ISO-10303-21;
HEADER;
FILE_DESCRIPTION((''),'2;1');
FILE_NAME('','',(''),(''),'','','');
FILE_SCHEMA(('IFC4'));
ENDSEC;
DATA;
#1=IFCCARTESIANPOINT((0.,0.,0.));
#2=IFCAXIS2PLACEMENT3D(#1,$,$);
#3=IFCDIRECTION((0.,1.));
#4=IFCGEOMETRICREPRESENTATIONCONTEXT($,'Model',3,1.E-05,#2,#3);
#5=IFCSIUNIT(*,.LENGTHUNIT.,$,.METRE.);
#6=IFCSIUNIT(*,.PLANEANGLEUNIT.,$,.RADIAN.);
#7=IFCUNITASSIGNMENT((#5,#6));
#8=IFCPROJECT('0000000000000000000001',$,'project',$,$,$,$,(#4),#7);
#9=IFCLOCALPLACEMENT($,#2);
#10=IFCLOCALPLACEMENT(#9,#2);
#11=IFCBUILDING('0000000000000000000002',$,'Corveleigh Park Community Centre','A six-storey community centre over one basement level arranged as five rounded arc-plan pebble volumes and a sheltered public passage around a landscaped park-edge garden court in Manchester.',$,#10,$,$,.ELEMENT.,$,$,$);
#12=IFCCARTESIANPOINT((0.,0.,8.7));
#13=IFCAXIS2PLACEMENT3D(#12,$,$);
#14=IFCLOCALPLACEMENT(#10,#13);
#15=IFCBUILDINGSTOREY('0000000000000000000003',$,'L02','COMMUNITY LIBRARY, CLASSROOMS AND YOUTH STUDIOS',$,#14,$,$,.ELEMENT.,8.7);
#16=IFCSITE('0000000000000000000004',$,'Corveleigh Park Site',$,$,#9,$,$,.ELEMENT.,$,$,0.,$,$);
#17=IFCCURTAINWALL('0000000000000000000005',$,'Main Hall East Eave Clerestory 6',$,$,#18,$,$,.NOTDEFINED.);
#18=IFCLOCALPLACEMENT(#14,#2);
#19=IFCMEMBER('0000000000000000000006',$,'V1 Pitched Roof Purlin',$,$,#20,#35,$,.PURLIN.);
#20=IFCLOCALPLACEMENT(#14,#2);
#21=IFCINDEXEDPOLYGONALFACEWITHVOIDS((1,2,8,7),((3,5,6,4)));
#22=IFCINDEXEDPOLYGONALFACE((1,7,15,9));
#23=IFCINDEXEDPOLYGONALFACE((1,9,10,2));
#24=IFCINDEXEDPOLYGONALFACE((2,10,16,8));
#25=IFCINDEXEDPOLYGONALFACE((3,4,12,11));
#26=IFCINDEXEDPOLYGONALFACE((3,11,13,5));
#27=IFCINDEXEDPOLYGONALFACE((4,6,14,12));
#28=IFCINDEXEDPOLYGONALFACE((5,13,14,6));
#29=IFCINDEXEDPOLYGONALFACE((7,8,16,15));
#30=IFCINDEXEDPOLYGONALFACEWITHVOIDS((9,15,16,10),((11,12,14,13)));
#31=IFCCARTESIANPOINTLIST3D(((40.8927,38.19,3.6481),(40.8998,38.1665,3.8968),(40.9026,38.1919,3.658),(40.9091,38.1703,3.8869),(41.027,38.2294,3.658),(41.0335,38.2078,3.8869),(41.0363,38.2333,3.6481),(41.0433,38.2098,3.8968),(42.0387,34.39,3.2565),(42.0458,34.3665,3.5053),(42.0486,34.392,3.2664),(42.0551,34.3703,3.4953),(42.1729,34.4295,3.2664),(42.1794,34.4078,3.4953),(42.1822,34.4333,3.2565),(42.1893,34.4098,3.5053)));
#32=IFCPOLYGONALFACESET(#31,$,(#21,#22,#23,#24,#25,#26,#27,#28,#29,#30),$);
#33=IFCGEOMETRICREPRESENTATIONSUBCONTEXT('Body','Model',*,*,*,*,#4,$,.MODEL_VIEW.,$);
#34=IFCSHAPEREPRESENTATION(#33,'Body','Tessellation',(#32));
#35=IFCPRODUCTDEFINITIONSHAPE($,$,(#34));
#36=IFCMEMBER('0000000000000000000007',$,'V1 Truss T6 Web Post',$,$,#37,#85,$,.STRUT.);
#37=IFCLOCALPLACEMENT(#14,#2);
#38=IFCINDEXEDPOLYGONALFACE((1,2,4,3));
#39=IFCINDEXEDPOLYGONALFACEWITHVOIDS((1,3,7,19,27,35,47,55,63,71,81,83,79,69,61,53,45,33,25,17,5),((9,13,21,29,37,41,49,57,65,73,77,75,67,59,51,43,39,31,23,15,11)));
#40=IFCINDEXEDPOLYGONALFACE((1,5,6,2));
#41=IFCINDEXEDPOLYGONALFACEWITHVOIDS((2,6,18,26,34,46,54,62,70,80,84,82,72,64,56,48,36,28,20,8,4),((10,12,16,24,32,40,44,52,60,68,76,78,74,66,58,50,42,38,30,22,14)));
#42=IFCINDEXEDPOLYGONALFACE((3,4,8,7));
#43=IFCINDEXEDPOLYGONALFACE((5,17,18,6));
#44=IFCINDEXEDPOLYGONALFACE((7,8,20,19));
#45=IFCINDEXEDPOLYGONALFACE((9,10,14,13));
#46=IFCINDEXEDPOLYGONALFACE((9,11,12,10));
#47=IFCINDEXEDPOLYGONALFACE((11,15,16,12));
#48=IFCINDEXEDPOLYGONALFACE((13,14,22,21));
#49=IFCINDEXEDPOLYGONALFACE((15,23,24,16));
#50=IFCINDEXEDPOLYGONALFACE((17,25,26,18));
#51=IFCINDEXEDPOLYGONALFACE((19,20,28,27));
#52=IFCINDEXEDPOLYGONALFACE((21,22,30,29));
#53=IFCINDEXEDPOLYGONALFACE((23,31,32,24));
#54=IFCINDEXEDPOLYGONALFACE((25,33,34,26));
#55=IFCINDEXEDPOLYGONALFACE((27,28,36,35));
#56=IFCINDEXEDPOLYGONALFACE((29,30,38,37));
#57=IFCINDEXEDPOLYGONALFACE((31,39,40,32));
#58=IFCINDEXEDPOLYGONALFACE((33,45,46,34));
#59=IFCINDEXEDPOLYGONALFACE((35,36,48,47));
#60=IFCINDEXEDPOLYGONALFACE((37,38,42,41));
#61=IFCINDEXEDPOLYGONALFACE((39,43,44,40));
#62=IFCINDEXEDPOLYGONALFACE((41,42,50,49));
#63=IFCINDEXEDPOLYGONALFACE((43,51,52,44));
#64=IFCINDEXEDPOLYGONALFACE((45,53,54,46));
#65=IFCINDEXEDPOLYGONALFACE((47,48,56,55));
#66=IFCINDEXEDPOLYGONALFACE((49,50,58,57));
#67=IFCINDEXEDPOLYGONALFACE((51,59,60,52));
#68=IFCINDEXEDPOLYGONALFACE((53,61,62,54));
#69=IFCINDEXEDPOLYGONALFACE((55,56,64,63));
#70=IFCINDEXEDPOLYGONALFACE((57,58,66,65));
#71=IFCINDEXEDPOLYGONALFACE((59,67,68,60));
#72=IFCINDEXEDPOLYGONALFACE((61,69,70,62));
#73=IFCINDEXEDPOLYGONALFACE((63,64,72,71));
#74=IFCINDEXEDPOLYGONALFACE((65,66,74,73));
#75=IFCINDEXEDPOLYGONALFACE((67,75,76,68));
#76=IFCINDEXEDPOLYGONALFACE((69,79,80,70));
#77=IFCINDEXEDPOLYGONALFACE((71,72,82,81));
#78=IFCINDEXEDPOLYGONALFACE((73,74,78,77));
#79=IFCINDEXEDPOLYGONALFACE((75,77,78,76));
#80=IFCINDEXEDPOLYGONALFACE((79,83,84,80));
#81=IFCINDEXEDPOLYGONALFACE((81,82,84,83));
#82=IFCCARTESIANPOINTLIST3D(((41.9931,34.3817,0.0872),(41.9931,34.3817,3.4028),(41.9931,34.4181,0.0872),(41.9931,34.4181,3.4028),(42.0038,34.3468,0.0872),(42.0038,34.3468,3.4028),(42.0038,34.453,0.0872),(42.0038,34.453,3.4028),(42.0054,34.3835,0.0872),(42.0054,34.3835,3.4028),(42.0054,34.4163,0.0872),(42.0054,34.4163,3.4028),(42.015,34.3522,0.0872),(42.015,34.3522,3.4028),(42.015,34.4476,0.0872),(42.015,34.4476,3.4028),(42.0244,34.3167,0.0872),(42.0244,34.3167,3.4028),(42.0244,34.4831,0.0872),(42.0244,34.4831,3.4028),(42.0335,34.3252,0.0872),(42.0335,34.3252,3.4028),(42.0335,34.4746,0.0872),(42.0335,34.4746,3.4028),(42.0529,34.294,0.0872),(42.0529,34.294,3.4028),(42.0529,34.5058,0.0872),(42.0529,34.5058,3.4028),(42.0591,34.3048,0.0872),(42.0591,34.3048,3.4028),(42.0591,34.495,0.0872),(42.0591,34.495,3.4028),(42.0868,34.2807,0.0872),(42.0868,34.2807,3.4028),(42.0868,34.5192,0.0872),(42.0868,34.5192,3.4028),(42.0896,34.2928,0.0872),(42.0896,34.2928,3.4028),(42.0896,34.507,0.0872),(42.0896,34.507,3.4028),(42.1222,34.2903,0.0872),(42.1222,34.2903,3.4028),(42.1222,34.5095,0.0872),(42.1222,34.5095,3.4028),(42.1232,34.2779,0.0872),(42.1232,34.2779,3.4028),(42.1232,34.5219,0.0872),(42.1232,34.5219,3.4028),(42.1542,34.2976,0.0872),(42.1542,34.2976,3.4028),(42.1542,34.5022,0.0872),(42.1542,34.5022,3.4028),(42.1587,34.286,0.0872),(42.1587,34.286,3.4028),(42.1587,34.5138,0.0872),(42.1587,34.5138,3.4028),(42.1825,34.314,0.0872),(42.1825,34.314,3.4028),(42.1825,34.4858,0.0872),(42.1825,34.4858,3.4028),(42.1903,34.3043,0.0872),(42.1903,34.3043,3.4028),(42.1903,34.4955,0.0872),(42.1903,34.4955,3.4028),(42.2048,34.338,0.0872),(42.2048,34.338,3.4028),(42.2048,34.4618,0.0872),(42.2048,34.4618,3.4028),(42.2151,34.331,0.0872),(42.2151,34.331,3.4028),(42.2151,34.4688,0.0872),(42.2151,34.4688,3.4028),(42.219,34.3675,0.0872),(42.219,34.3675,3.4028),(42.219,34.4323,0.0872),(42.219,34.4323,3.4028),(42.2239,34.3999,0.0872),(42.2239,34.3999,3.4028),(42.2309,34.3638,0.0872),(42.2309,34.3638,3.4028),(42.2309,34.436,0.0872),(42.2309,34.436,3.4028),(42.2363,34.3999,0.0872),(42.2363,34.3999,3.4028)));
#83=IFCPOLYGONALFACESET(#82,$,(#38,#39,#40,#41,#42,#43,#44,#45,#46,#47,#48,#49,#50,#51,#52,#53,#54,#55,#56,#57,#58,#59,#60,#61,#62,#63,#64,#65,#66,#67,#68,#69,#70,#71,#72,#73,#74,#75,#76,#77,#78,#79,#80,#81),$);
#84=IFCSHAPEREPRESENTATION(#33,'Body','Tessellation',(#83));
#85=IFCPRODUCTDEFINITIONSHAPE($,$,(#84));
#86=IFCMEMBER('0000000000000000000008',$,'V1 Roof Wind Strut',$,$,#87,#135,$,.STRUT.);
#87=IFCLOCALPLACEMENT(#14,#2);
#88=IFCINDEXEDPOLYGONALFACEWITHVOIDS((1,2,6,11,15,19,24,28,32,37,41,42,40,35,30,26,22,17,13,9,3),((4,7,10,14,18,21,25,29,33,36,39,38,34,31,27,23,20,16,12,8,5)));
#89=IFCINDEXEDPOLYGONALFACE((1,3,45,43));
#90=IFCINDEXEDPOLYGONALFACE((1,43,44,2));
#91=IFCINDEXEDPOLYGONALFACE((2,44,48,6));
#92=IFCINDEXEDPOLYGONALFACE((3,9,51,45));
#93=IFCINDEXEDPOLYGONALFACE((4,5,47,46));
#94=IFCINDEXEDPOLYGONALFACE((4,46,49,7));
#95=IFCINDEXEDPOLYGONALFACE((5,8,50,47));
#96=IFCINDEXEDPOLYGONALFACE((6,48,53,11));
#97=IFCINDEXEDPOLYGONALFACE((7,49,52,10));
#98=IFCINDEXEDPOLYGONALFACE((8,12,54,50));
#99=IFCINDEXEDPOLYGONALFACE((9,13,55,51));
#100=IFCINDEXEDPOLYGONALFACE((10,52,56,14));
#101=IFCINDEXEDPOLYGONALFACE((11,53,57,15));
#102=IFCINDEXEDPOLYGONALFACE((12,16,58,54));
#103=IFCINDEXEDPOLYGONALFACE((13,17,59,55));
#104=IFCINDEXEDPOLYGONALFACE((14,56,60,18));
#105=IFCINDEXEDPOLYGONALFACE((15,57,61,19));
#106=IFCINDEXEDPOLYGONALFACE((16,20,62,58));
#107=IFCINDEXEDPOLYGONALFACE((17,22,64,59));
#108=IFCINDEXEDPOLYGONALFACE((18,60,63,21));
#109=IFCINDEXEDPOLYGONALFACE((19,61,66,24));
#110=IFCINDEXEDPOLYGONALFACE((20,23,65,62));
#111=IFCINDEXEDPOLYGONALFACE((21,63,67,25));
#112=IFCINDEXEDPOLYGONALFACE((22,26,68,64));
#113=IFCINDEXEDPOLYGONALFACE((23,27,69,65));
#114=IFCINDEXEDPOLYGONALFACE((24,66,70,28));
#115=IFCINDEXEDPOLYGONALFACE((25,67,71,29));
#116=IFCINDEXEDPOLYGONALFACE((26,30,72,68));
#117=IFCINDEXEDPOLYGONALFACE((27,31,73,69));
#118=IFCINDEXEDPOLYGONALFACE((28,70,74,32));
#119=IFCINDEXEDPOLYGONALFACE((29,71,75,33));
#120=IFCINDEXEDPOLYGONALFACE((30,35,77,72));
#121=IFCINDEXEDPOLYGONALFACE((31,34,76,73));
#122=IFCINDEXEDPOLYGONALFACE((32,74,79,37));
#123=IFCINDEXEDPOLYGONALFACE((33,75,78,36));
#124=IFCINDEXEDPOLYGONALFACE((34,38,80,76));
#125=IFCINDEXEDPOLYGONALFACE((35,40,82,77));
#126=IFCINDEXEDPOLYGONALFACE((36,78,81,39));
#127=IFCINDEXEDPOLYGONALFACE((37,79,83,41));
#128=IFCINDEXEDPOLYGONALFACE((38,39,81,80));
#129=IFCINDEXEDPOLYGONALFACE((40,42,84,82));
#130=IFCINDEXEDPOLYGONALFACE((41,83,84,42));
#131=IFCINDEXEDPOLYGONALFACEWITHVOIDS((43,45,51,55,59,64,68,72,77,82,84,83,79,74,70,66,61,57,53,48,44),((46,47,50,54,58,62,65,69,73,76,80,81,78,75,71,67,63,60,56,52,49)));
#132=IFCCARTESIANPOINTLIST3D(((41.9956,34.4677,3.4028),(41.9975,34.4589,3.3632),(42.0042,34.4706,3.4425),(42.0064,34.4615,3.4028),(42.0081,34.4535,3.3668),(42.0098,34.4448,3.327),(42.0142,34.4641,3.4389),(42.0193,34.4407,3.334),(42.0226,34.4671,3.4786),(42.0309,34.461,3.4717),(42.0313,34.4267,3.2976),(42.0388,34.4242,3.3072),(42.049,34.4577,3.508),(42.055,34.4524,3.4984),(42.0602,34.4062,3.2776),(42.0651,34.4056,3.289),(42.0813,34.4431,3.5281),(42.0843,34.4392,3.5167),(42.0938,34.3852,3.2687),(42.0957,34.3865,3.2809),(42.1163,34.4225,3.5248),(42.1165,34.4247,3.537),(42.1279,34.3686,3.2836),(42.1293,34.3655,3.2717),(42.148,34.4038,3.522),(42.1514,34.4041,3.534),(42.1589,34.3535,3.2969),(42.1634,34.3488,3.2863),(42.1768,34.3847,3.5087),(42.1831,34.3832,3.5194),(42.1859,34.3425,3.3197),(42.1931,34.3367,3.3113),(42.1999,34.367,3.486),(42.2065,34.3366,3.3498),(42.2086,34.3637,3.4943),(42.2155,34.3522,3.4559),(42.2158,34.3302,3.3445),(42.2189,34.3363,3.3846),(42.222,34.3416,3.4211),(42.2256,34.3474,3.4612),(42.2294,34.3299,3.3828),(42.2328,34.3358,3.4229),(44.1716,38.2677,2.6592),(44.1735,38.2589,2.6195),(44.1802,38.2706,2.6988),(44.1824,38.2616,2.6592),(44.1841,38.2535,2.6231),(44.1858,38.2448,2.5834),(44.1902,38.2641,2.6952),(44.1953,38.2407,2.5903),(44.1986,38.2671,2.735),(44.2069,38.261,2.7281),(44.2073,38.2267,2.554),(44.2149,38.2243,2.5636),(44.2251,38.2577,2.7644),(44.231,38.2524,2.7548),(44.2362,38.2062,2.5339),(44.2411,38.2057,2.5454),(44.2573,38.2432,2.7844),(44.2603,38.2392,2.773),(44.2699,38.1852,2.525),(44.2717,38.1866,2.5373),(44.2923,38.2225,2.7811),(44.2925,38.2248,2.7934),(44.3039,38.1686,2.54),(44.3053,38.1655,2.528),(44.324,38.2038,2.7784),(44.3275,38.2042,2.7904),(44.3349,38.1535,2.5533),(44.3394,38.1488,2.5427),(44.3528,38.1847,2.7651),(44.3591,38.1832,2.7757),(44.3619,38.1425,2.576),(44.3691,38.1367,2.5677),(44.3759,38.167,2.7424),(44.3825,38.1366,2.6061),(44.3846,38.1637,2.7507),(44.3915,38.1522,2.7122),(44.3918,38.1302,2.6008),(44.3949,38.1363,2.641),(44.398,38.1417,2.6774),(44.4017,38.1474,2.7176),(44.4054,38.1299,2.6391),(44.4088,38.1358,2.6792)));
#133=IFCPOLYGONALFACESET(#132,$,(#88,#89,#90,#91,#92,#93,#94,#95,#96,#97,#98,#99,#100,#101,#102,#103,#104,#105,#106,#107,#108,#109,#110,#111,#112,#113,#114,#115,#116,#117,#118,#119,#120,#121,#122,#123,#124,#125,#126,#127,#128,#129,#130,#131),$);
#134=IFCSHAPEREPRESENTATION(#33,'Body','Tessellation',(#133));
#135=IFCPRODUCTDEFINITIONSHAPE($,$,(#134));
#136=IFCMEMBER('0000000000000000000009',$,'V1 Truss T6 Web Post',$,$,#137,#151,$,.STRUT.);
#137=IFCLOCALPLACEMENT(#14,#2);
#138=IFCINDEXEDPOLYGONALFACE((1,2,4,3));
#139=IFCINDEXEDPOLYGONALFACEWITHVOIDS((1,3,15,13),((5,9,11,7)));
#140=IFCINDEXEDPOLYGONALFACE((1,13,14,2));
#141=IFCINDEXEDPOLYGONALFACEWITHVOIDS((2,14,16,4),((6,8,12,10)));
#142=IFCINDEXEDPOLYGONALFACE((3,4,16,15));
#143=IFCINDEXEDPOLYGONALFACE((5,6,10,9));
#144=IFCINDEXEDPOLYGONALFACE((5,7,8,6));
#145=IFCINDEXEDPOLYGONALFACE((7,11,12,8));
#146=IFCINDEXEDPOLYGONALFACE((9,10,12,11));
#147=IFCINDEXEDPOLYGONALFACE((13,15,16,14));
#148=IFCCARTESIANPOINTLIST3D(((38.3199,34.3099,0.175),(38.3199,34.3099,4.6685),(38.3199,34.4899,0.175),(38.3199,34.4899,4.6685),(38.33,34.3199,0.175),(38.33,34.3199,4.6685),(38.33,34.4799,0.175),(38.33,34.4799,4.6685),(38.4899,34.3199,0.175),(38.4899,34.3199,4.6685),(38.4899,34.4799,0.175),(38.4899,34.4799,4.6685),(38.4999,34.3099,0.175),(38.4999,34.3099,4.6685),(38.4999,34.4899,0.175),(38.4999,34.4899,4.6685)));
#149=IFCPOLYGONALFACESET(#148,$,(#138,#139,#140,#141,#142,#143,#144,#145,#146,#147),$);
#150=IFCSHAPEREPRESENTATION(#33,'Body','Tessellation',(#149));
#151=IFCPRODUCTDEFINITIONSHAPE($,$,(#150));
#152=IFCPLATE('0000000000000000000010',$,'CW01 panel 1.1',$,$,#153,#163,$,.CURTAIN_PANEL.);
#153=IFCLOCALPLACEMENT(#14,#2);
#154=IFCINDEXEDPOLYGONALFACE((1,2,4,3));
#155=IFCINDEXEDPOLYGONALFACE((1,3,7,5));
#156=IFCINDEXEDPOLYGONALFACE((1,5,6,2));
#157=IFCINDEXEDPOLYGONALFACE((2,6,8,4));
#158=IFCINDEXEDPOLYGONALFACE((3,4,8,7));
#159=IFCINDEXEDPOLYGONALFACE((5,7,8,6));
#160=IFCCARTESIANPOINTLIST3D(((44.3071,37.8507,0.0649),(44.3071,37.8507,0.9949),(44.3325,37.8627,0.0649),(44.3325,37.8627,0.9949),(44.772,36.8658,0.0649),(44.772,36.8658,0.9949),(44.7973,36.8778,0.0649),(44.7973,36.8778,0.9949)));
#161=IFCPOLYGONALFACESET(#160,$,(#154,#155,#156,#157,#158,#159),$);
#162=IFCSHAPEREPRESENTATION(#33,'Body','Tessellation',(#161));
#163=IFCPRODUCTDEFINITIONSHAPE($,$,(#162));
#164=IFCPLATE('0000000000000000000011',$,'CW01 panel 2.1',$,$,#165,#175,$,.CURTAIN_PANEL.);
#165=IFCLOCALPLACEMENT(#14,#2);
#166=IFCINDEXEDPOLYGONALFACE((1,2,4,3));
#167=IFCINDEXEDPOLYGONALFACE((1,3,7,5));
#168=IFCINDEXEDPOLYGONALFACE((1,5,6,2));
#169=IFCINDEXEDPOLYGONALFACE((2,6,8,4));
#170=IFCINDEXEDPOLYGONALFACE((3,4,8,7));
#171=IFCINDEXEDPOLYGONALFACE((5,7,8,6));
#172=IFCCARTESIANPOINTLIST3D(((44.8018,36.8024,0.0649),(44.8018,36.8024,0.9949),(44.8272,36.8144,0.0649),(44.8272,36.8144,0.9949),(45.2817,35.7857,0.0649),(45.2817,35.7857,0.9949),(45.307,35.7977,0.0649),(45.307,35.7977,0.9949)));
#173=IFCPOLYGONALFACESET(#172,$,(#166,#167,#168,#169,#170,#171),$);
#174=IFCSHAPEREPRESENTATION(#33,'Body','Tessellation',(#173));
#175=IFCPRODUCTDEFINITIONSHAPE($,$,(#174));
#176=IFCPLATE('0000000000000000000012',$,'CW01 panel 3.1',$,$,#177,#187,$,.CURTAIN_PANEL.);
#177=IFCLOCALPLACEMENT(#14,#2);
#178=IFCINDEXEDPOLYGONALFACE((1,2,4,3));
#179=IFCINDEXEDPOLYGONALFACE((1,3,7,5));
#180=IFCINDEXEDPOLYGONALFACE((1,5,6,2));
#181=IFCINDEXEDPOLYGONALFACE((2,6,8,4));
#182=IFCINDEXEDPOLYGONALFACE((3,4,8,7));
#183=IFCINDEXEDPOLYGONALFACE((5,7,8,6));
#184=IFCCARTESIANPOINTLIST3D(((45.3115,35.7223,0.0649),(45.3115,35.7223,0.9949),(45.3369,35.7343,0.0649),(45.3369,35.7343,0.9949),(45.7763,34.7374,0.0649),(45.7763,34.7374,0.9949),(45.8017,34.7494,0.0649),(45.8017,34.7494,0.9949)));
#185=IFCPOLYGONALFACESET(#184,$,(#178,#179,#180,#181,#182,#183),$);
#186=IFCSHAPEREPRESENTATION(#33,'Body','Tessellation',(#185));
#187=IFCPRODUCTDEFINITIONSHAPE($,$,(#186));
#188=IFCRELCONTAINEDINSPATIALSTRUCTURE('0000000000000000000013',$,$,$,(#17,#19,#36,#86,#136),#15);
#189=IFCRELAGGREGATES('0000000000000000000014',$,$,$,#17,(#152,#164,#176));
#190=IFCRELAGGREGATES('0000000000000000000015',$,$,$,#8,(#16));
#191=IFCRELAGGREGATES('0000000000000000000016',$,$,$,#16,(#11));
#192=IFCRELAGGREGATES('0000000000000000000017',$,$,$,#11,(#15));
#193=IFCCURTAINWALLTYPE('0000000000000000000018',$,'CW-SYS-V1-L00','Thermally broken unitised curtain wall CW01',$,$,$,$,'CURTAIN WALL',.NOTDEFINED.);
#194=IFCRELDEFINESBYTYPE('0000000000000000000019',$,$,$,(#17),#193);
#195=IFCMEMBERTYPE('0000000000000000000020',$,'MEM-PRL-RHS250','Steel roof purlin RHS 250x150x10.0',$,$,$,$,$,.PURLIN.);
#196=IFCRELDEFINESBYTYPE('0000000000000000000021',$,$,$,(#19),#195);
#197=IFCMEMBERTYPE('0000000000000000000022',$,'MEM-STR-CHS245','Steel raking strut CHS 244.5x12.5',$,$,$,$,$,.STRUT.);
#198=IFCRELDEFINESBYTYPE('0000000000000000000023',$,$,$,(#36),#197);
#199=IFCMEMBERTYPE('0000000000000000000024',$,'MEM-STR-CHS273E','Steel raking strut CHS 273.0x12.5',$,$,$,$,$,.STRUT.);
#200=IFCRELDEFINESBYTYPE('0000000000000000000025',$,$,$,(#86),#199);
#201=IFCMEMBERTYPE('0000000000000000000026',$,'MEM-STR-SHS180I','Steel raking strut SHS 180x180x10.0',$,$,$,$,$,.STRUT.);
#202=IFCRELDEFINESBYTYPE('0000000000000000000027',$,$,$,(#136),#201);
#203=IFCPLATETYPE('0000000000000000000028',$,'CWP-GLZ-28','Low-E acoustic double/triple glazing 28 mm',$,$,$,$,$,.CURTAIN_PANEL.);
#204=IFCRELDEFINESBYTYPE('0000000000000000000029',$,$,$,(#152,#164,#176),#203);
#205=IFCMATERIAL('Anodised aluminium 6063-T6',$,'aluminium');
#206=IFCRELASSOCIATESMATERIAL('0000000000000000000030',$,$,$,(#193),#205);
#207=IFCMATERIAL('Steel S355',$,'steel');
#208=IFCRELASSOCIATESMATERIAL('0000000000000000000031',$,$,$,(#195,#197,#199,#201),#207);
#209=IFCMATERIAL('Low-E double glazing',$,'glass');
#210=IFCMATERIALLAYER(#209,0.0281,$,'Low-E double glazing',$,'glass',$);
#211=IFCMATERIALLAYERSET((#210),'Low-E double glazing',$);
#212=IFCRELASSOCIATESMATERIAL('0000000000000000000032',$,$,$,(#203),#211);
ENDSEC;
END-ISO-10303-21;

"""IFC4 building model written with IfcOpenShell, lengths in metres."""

from ifc_helpers import new_model, si_unit, direction, frame, origin, origin_2d, place, context, subcontext, project, spatial, rectangle, hollow_rectangle, hollow_circle, extrude, material, layer, layer_set, material_profile, profile_set, type_object, element, aggregate, save


model = new_model("IFC4")

# Units and contexts
model_context = context("Model", 3, precision=1e-05, world=origin(), true_north=direction((0.0, 1.0)))
body_context = subcontext(model_context, "Body", "Model", "MODEL_VIEW")
ifc_project = project(units=[si_unit("LENGTHUNIT", "METRE"), si_unit("PLANEANGLEUNIT", "RADIAN")], contexts=[model_context])

# Site, building, storey
site_placement = place(None, origin())
site = spatial("IfcSite", under=ifc_project, at=site_placement, Name="Corveleigh Park Site", CompositionType="ELEMENT", RefElevation=0.0)
building_placement = place(site_placement, origin())
building = spatial("IfcBuilding", under=site, at=building_placement, Name="Corveleigh Park Community Centre", Description="A six-storey community centre over one basement level arranged as five rounded arc-plan pebble volumes and a sheltered public passage around a landscaped park-edge garden court in Manchester.", CompositionType="ELEMENT")
storey_placement = place(building_placement, frame((0.0, 0.0, 8.7)))
storey = spatial("IfcBuildingStorey", under=building, at=storey_placement, Name="L02", Description="COMMUNITY LIBRARY, CLASSROOMS AND YOUTH STUDIOS", CompositionType="ELEMENT", Elevation=8.7)

# Shared definitions
ifc_material_1 = material(Name="Steel S355", Category="steel")

# Shared definitions
ifc_material_2 = material(Name="Anodised aluminium 6063-T6", Category="aluminium")
curtain_wall_type = type_object("IfcCurtainWallType", Name="CW-SYS-V1-L00", Description="Thermally broken unitised curtain wall CW01", ElementType="CURTAIN WALL", PredefinedType="NOTDEFINED", material=ifc_material_2)

# Curtain wall
curtain_wall_1_placement = place(storey_placement, origin())
curtain_wall_1 = element("IfcCurtainWall", 1, at=curtain_wall_1_placement, inside=storey, type_object=curtain_wall_type, Name="Main Hall East Eave Clerestory 6", PredefinedType="NOTDEFINED")

# Members
ifc_material_profile_1 = material_profile(ifc_material_1, hollow_rectangle(XDim=0.1499, YDim=0.25, WallThickness=0.01, at=origin_2d()), Name="RHS 250x150x10.0", Category="steel")
ifc_profile_set_1 = profile_set([ifc_material_profile_1], Name="Steel S355")
member_type_1 = type_object("IfcMemberType", Name="MEM-PRL-RHS250", Description="Steel roof purlin RHS 250x150x10.0", PredefinedType="PURLIN", material=ifc_profile_set_1)
member_1_placement = place(storey_placement, frame((42.114, 34.3999, 3.3809), z_axis=(-0.287335, 0.952784, 0.098186), x_axis=(-0.957411, -0.28873, 0.0)))
element("IfcMember", 2, at=member_1_placement, inside=storey, type_object=member_type_1, Name="V1 Pitched Roof Purlin", PredefinedType="PURLIN", context=body_context, shape_type="SweptSolid", body=[
    extrude(hollow_rectangle(XDim=0.1499, YDim=0.25, WallThickness=0.01, at=origin_2d()), origin(), (0.0, 0.0, 1.0), 3.9883),
])
ifc_material_profile_2 = material_profile(ifc_material_1, hollow_circle(Radius=0.1223, WallThickness=0.0125, at=origin_2d()), Name="CHS 244.5x12.5", Category="steel")
ifc_profile_set_2 = profile_set([ifc_material_profile_2], Name="Steel S355")
member_type_2 = type_object("IfcMemberType", Name="MEM-STR-CHS245", Description="Steel raking strut CHS 244.5x12.5", PredefinedType="STRUT", material=ifc_profile_set_2)
member_2_placement = place(storey_placement, frame((42.114, 34.3999, 0.0872), z_axis=(0.0, 0.0, 1.0), x_axis=(1.0, 0.0, 0.0)))
element("IfcMember", 3, at=member_2_placement, inside=storey, type_object=member_type_2, Name="V1 Truss T6 Web Post", PredefinedType="STRUT", context=body_context, shape_type="SweptSolid", body=[
    extrude(hollow_circle(Radius=0.1223, WallThickness=0.0125, at=origin_2d()), origin(), (0.0, 0.0, 1.0), 3.3157),
])
ifc_material_profile_3 = material_profile(ifc_material_1, hollow_circle(Radius=0.1365, WallThickness=0.0125, at=origin_2d()), Name="CHS 273.0x12.5", Category="steel")
ifc_profile_set_3 = profile_set([ifc_material_profile_3], Name="Steel S355")
member_type_3 = type_object("IfcMemberType", Name="MEM-STR-CHS273E", Description="Steel raking strut CHS 273.0x12.5", PredefinedType="STRUT", material=ifc_profile_set_3)
member_3_placement = place(storey_placement, frame((42.114, 34.3999, 3.4028), z_axis=(0.489911, 0.855544, -0.167426), x_axis=(-0.867793, 0.496925, 0.0)))
element("IfcMember", 4, at=member_3_placement, inside=storey, type_object=member_type_3, Name="V1 Roof Wind Strut", PredefinedType="STRUT", context=body_context, shape_type="SweptSolid", body=[
    extrude(hollow_circle(Radius=0.1365, WallThickness=0.0125, at=origin_2d()), origin(), (0.0, 0.0, 1.0), 4.4417),
])
ifc_material_profile_4 = material_profile(ifc_material_1, hollow_rectangle(XDim=0.1799, YDim=0.1799, WallThickness=0.01, at=origin_2d()), Name="SHS 180x180x10.0", Category="steel")
ifc_profile_set_4 = profile_set([ifc_material_profile_4], Name="Steel S355")
member_type_4 = type_object("IfcMemberType", Name="MEM-STR-SHS180I", Description="Steel raking strut SHS 180x180x10.0", PredefinedType="STRUT", material=ifc_profile_set_4)
member_4_placement = place(storey_placement, frame((38.4099, 34.3999, 0.175), z_axis=(0.0, 0.0, 1.0), x_axis=(1.0, 0.0, 0.0)))
element("IfcMember", 5, at=member_4_placement, inside=storey, type_object=member_type_4, Name="V1 Truss T6 Web Post", PredefinedType="STRUT", context=body_context, shape_type="SweptSolid", body=[
    extrude(hollow_rectangle(XDim=0.1799, YDim=0.1799, WallThickness=0.01, at=origin_2d()), origin(), (0.0, 0.0, 1.0), 4.4934),
])

# Plates
ifc_material_3 = material(Name="Low-E double glazing", Category="glass")
ifc_layer_1 = layer(ifc_material_3, 0.0281, Name="Low-E double glazing", Category="glass")
ifc_layer_set_1 = layer_set([ifc_layer_1], Name="Low-E double glazing")
plate_type_1 = type_object("IfcPlateType", Name="CWP-GLZ-28", Description="Low-E acoustic double/triple glazing 28 mm", PredefinedType="CURTAIN_PANEL", material=ifc_layer_set_1)
plate_1_placement = place(storey_placement, frame((44.5522, 37.3643, 0.0649), z_axis=(0.0, 0.0, 1.0), x_axis=(0.426778, -0.904356, 0.0)))
plate_1 = element("IfcPlate", 6, at=plate_1_placement, type_object=plate_type_1, Name="CW01 panel 1.1", PredefinedType="CURTAIN_PANEL", context=body_context, shape_type="SweptSolid", body=[
    extrude(rectangle(XDim=1.0891, YDim=0.0281, at=origin_2d()), origin(), (0.0, 0.0, 1.0), 0.9299),
])
plate_2_placement = place(storey_placement, frame((45.0544, 36.3, 0.0649), z_axis=(0.0, 0.0, 1.0), x_axis=(0.426778, -0.904356, 0.0)))
plate_2 = element("IfcPlate", 7, at=plate_2_placement, type_object=plate_type_1, Name="CW01 panel 2.1", PredefinedType="CURTAIN_PANEL", context=body_context, shape_type="SweptSolid", body=[
    extrude(rectangle(XDim=1.1243, YDim=0.0281, at=origin_2d()), origin(), (0.0, 0.0, 1.0), 0.9299),
])
plate_3_placement = place(storey_placement, frame((45.5566, 35.2358, 0.0649), z_axis=(0.0, 0.0, 1.0), x_axis=(0.426778, -0.904356, 0.0)))
plate_3 = element("IfcPlate", 8, at=plate_3_placement, type_object=plate_type_1, Name="CW01 panel 3.1", PredefinedType="CURTAIN_PANEL", context=body_context, shape_type="SweptSolid", body=[
    extrude(rectangle(XDim=1.0891, YDim=0.0281, at=origin_2d()), origin(), (0.0, 0.0, 1.0), 0.9299),
])
aggregate(curtain_wall_1, [plate_1, plate_2, plate_3])

save(model, "model.ifc")
